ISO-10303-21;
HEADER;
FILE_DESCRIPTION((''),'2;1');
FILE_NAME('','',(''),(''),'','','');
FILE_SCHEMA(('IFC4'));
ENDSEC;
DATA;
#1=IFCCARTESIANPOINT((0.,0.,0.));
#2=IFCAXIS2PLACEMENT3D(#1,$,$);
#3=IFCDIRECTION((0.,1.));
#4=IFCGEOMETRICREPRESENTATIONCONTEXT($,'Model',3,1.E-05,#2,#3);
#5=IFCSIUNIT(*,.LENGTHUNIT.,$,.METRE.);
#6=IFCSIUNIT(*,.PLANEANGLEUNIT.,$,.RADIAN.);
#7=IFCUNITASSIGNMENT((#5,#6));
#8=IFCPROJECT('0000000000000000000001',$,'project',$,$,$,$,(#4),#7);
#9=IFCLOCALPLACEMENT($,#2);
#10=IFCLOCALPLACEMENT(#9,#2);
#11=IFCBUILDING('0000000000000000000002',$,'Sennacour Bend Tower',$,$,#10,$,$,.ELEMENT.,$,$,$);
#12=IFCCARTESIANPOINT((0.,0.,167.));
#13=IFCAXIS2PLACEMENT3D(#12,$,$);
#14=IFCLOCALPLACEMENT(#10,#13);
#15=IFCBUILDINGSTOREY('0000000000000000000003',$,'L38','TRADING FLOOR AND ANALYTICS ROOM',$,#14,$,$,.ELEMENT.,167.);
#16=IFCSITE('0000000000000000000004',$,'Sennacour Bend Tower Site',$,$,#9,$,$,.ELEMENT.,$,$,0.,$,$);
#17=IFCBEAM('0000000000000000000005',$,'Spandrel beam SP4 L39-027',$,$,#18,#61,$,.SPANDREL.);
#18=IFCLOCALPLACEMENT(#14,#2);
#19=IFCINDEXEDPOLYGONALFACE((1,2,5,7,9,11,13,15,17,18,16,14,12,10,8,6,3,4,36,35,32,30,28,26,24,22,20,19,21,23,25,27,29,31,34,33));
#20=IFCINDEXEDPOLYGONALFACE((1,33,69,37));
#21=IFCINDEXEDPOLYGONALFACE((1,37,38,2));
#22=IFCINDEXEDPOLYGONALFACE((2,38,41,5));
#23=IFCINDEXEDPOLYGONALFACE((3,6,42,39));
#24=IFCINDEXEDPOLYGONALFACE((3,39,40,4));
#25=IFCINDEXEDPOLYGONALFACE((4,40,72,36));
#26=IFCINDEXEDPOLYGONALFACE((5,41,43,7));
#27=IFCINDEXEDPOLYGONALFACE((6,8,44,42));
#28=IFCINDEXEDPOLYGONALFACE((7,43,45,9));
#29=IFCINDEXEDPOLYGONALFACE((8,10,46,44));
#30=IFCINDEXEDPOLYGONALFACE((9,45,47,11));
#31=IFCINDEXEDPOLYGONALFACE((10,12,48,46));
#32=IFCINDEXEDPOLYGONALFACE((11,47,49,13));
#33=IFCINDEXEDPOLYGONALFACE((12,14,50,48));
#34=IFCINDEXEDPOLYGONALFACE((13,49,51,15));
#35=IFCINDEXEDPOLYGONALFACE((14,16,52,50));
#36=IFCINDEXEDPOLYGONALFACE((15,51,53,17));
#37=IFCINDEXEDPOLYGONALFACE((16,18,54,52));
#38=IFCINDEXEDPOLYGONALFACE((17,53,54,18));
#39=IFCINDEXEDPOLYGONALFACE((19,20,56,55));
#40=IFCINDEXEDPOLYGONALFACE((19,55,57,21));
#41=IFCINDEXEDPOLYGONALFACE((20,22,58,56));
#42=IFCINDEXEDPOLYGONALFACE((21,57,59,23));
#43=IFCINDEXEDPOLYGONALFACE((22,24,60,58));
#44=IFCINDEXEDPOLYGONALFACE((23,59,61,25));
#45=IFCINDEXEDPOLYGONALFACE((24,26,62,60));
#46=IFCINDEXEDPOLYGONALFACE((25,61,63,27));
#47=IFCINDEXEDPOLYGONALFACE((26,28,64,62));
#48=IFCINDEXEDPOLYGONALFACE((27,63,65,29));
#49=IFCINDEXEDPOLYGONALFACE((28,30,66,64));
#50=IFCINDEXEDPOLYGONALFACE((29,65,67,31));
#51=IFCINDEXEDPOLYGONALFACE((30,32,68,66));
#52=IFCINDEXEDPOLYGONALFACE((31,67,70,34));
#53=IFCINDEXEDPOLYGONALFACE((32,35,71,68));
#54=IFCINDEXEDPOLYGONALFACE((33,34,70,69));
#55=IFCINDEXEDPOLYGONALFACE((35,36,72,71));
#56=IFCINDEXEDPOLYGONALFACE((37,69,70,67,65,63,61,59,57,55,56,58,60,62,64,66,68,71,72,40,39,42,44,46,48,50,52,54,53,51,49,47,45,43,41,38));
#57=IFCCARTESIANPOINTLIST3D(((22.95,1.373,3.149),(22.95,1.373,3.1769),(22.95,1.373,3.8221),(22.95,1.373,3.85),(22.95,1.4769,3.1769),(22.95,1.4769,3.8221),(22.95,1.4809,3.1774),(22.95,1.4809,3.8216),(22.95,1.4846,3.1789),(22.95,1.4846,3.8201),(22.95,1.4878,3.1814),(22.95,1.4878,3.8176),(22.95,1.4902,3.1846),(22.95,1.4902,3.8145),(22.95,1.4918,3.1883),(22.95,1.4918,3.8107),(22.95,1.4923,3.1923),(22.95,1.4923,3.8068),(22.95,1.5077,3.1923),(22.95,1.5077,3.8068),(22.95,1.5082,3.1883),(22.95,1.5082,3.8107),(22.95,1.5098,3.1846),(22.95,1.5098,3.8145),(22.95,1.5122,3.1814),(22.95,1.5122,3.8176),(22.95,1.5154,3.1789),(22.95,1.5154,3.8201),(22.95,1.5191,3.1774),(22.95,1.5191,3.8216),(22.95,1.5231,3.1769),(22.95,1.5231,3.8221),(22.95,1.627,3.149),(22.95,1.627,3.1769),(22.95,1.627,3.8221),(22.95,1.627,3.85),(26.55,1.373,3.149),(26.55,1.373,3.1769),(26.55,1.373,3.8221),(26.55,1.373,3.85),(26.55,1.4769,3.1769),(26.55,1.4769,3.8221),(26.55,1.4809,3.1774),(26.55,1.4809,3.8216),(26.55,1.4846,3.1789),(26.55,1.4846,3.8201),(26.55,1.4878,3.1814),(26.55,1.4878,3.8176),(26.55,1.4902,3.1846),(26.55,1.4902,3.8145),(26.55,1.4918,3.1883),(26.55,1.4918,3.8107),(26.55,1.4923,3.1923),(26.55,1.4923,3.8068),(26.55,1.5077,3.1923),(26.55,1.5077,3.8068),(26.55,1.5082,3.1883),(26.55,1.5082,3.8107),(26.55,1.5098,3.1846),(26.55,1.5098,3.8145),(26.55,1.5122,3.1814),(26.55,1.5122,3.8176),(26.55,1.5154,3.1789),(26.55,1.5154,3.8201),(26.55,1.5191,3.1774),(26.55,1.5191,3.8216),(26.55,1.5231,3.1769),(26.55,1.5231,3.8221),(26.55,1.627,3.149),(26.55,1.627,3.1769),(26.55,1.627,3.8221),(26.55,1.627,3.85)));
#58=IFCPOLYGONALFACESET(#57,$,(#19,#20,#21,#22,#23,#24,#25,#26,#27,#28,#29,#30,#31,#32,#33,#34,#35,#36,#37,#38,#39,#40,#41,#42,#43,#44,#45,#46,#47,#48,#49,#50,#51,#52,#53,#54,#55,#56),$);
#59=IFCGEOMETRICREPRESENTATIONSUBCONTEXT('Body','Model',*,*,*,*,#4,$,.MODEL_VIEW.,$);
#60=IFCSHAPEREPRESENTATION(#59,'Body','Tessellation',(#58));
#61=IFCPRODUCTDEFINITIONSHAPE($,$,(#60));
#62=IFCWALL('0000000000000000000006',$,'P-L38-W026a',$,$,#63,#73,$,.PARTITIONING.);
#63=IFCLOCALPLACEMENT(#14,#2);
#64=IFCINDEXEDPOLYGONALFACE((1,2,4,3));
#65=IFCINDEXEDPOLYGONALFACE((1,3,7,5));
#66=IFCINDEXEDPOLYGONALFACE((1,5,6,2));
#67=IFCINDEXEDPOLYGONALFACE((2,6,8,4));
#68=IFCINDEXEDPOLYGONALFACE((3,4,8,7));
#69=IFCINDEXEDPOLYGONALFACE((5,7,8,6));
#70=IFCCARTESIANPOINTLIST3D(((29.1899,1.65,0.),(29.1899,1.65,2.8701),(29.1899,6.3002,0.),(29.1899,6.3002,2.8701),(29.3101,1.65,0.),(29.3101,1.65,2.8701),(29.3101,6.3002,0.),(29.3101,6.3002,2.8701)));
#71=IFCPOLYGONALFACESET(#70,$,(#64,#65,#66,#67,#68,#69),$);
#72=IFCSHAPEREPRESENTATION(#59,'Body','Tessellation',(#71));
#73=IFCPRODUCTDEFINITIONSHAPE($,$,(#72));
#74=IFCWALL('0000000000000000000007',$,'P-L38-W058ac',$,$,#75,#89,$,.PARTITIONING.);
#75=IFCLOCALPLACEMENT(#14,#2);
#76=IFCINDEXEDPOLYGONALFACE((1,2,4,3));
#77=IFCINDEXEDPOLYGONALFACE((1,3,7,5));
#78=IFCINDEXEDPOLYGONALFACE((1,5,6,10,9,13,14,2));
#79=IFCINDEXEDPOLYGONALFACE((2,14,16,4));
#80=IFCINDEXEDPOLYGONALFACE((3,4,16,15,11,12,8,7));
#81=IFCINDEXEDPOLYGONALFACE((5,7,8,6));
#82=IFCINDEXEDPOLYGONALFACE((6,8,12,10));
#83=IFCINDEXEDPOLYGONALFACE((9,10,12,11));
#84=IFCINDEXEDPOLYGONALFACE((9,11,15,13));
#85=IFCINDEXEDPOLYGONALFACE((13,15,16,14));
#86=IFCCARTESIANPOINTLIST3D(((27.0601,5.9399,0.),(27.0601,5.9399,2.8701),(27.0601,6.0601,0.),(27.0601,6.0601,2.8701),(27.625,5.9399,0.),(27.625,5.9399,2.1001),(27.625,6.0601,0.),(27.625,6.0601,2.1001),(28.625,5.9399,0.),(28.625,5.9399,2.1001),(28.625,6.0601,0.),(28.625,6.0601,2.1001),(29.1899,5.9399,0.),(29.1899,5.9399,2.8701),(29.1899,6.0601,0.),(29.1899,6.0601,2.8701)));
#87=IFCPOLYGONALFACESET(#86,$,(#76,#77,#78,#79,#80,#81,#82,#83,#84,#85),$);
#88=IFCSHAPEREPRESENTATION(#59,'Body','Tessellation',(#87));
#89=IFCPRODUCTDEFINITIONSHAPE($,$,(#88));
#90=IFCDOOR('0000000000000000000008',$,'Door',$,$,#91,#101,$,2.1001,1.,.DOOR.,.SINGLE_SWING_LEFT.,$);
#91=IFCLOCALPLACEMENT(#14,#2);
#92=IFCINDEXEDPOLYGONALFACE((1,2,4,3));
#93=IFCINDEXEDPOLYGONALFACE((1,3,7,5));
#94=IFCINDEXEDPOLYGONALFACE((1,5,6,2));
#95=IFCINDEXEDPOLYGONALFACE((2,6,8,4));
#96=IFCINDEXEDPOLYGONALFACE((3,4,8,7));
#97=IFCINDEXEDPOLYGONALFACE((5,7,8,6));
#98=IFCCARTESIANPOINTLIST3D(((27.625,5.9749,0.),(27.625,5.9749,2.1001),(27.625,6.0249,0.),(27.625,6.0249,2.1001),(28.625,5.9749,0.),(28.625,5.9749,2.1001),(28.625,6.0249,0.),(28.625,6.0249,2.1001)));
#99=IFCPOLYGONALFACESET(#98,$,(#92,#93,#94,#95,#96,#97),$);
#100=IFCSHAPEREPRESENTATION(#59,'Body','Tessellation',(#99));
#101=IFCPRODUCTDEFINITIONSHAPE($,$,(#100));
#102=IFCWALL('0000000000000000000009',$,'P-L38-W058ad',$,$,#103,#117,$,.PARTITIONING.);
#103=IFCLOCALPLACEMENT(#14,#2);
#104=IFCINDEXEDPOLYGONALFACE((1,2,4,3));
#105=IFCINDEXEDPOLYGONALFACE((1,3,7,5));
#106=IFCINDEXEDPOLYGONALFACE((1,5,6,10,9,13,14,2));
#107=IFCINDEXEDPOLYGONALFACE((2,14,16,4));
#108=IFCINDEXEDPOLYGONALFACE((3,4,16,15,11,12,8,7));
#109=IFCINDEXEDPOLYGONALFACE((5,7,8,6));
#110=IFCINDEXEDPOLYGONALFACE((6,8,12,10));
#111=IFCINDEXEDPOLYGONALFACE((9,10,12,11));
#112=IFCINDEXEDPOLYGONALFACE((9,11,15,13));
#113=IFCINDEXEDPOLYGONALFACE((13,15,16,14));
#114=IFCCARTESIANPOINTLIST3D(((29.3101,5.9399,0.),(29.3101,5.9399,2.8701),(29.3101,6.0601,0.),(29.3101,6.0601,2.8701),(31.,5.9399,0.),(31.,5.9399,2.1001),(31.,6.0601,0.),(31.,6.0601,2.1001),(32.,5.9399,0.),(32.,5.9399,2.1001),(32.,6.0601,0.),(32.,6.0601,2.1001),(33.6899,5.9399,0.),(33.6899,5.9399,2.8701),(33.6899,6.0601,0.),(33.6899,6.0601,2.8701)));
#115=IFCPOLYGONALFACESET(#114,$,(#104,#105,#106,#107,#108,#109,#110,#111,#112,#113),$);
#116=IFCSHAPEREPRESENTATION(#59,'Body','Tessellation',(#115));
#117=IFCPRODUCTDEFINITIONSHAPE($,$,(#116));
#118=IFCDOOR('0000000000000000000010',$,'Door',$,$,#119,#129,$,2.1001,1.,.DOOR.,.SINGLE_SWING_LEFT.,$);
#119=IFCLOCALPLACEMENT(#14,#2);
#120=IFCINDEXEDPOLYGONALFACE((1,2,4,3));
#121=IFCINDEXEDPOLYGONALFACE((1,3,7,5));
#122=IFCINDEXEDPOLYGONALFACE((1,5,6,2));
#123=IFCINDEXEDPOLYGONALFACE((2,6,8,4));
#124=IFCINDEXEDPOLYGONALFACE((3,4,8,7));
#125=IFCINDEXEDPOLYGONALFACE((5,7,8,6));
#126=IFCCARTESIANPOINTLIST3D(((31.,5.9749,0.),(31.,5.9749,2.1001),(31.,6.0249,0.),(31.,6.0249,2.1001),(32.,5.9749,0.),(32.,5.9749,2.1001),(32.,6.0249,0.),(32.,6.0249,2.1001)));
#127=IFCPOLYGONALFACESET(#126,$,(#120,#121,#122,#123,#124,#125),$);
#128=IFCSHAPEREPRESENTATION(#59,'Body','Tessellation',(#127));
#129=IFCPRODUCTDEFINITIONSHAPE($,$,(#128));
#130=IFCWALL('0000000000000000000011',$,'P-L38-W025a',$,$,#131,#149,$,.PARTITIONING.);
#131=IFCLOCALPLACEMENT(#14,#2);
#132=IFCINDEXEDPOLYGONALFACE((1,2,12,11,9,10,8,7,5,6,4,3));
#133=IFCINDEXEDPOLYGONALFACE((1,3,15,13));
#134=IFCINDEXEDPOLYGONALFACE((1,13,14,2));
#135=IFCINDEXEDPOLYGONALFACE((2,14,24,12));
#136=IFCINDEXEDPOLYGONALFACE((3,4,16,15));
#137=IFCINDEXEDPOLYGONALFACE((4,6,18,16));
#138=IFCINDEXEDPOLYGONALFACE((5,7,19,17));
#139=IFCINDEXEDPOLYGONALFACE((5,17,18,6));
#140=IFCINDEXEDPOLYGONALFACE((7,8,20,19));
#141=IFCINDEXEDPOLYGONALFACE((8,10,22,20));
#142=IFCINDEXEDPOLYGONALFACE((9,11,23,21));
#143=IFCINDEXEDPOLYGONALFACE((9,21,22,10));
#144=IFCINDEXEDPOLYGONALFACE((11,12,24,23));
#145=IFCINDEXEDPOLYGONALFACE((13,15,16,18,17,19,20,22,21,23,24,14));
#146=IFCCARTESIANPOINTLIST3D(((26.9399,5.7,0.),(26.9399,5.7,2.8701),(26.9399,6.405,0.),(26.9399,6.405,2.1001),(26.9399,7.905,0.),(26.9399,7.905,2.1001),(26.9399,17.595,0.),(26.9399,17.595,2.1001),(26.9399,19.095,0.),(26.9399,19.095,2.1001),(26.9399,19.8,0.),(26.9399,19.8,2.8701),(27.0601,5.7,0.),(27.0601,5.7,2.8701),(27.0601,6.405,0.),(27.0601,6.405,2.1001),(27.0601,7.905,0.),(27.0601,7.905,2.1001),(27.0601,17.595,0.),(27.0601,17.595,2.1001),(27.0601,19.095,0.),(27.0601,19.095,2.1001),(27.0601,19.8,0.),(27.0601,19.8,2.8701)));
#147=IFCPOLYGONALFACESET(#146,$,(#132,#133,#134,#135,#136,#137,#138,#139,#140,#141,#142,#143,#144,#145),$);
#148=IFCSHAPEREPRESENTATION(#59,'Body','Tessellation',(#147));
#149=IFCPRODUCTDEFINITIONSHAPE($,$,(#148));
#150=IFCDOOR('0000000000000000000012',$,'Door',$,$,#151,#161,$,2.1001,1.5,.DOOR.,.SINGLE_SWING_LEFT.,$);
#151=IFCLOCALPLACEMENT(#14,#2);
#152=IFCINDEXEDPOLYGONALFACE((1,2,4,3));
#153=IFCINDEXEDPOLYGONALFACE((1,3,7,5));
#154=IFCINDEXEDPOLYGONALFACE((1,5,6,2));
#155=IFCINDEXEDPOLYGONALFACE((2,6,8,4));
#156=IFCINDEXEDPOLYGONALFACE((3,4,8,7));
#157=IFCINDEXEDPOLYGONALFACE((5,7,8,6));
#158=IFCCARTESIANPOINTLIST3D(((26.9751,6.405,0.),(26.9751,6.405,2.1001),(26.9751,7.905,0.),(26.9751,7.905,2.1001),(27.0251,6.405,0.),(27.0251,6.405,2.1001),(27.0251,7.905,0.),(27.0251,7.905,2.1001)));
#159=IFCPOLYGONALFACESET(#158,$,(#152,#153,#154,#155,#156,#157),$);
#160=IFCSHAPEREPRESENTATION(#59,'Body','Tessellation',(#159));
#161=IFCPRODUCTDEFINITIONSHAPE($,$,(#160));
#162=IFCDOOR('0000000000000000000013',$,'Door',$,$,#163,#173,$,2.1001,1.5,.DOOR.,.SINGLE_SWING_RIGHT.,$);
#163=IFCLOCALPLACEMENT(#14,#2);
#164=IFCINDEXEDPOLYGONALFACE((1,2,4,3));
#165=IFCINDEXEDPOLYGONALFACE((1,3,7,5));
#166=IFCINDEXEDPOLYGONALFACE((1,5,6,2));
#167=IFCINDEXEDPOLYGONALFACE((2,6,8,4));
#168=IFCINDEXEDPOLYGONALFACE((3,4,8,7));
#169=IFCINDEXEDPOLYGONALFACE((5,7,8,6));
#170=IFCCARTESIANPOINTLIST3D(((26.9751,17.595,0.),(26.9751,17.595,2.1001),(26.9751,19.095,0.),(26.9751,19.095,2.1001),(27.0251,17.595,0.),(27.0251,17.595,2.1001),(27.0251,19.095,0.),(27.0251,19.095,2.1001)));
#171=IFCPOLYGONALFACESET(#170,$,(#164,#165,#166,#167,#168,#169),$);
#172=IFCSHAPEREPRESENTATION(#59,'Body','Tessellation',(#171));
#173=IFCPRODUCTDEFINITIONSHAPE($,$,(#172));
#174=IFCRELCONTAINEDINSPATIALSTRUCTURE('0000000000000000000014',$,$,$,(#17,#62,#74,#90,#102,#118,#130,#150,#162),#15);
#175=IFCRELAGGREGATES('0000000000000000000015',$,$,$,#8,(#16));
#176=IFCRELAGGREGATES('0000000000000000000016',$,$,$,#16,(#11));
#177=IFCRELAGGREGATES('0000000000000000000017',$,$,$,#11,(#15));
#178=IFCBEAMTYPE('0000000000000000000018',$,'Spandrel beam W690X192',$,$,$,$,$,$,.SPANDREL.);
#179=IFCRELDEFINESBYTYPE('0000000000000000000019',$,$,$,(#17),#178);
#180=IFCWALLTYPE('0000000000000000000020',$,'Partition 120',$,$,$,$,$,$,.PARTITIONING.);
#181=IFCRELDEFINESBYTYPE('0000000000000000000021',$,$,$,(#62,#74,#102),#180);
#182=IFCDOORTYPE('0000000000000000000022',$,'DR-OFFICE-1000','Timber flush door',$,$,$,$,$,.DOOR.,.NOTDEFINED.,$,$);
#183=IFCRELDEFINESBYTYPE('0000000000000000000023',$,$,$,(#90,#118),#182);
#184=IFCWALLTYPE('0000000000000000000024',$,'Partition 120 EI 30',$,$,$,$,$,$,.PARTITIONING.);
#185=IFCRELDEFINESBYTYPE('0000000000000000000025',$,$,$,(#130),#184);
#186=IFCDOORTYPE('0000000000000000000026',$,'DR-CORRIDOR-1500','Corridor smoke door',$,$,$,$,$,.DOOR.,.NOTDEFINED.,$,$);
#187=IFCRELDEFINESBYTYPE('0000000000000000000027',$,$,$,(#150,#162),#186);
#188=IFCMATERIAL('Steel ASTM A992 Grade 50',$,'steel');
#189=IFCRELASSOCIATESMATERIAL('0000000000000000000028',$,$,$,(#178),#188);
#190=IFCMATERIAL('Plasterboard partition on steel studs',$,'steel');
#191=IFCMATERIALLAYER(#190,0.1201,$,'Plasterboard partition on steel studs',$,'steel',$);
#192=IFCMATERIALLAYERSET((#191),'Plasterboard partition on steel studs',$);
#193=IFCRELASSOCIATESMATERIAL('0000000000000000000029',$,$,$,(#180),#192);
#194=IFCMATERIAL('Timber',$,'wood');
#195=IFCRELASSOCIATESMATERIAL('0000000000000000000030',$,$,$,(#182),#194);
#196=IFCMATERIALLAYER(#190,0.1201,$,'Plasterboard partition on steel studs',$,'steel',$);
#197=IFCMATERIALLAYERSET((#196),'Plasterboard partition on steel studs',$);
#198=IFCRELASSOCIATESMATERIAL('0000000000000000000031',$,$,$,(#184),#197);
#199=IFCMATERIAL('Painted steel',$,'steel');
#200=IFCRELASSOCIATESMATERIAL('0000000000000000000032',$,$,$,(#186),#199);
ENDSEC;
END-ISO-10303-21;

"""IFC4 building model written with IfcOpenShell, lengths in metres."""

from ifc_helpers import new_model, si_unit, direction, frame, frame_2d, origin, origin_2d, place, context, subcontext, project, spatial, rectangle, i_section, extrude, material, layer, layer_set, material_profile, profile_set, type_object, element, fill, save


model = new_model("IFC4")

# Units and contexts
model_context = context("Model", 3, precision=1e-05, world=origin(), true_north=direction((0.0, 1.0)))
body_context = subcontext(model_context, "Body", "Model", "MODEL_VIEW")
ifc_project = project(units=[si_unit("LENGTHUNIT", "METRE"), si_unit("PLANEANGLEUNIT", "RADIAN")], contexts=[model_context])

# Site, building, storey
site_placement = place(None, origin())
site = spatial("IfcSite", under=ifc_project, at=site_placement, Name="Sennacour Bend Tower Site", CompositionType="ELEMENT", RefElevation=0.0)
building_placement = place(site_placement, origin())
building = spatial("IfcBuilding", under=site, at=building_placement, Name="Sennacour Bend Tower", CompositionType="ELEMENT")
storey_placement = place(building_placement, frame((0.0, 0.0, 167.0)))
storey = spatial("IfcBuildingStorey", under=building, at=storey_placement, Name="L38", Description="TRADING FLOOR AND ANALYTICS ROOM", CompositionType="ELEMENT", Elevation=167.0)

# Beam
ifc_material_1 = material(Name="Steel ASTM A992 Grade 50", Category="steel")
ifc_material_profile_1 = material_profile(ifc_material_1, i_section(OverallWidth=0.2539, OverallDepth=0.7009, WebThickness=0.0154, FlangeThickness=0.0278, FilletRadius=0.0154, at=origin_2d()), Name="Steel ASTM A992 Grade 50", Category="steel")
ifc_profile_set_1 = profile_set([ifc_material_profile_1], Name="Steel ASTM A992 Grade 50")
beam_type_1 = type_object("IfcBeamType", Name="Spandrel beam W690X192", PredefinedType="SPANDREL", material=ifc_profile_set_1)
for number, where, z_axis, x_axis, name in (
    (1, (26.55, 1.5, 3.4995), (-1.0, 0.0, 0.0), (0.0, -1.0, 0.0), "Spandrel beam SP4 L39-027"),
):
    element("IfcBeam", number, at=place(storey_placement, frame(where, z_axis=z_axis, x_axis=x_axis)), inside=storey, type_object=beam_type_1, Name=name, PredefinedType="SPANDREL", context=body_context, shape_type="SweptSolid", body=[
        extrude(i_section(OverallWidth=0.2539, OverallDepth=0.7009, WebThickness=0.0154, FlangeThickness=0.0278, FilletRadius=0.0154, at=origin_2d()), origin(), (0.0, 0.0, 1.0), 3.6001),
    ])

# Wall
ifc_material_2 = material(Name="Plasterboard partition on steel studs", Category="steel")
ifc_layer_1 = layer(ifc_material_2, 0.1201, Name="Plasterboard partition on steel studs", Category="steel")
ifc_layer_set_1 = layer_set([ifc_layer_1], Name="Plasterboard partition on steel studs")
wall_type_1 = type_object("IfcWallType", Name="Partition 120", PredefinedType="PARTITIONING", material=ifc_layer_set_1)
wall_1_placement = place(storey_placement, frame((29.25, 1.6499, 0.0), z_axis=(0.0, 0.0, 1.0), x_axis=(0.0, 1.0, 0.0)))
element("IfcWall", 2, at=wall_1_placement, inside=storey, type_object=wall_type_1, Name="P-L38-W026a", PredefinedType="PARTITIONING", context=body_context, shape_type="SweptSolid", body=[
    extrude(rectangle(XDim=4.6501, YDim=0.1201, at=frame_2d((2.3252, 0.0))), origin(), (0.0, 0.0, 1.0), 2.8701),
])

# Walls, openings, doors
wall_2_placement = place(storey_placement, frame((27.0601, 6.0, 0.0), z_axis=(0.0, 0.0, 1.0), x_axis=(1.0, 0.0, 0.0)))
wall_2 = element("IfcWall", 3, at=wall_2_placement, inside=storey, type_object=wall_type_1, Name="P-L38-W058ac", PredefinedType="PARTITIONING", context=body_context, shape_type="SweptSolid", body=[
    extrude(rectangle(XDim=2.1299, YDim=0.1201, at=frame_2d((1.0649, 0.0))), origin(), (0.0, 0.0, 1.0), 2.8701),
])
opening_1_placement = place(wall_2_placement, frame((0.5649, 0.0, 0.0)))
opening_1 = element("IfcOpeningElement", 4, at=opening_1_placement, cuts=wall_2, PredefinedType="OPENING", context=body_context, shape_type="SweptSolid", body=[
    extrude(rectangle(XDim=1.0, YDim=2.1001, at=frame_2d((0.5, 1.05))), frame((0.0, 0.0701, 0.0), z_axis=(0.0, -1.0, 0.0), x_axis=(1.0, 0.0, 0.0)), (0.0, 0.0, 1.0), 0.1401),
])
ifc_material_3 = material(Name="Timber", Category="wood")
door_type_1 = type_object("IfcDoorType", Name="DR-OFFICE-1000", Description="Timber flush door", OperationType="NOTDEFINED", PredefinedType="DOOR", material=ifc_material_3)
door_1_placement = place(opening_1_placement, origin())
door_1 = element("IfcDoor", 5, at=door_1_placement, inside=storey, type_object=door_type_1, Name="Door", OperationType="SINGLE_SWING_LEFT", OverallHeight=2.1001, OverallWidth=1.0, PredefinedType="DOOR", context=body_context, shape_type="SweptSolid", body=[
    extrude(rectangle(XDim=1.0, YDim=2.1001, at=frame_2d((0.5, 1.05))), frame((0.0, 0.0249, 0.0), z_axis=(0.0, -1.0, 0.0), x_axis=(1.0, 0.0, 0.0)), (0.0, 0.0, 1.0), 0.05),
])
fill(opening_1, door_1)
wall_3_placement = place(storey_placement, frame((29.3101, 6.0, 0.0), z_axis=(0.0, 0.0, 1.0), x_axis=(1.0, 0.0, 0.0)))
wall_3 = element("IfcWall", 6, at=wall_3_placement, inside=storey, type_object=wall_type_1, Name="P-L38-W058ad", PredefinedType="PARTITIONING", context=body_context, shape_type="SweptSolid", body=[
    extrude(rectangle(XDim=4.3799, YDim=0.1201, at=frame_2d((2.1899, 0.0))), origin(), (0.0, 0.0, 1.0), 2.8701),
])
opening_2_placement = place(wall_3_placement, frame((1.6899, 0.0, 0.0)))
opening_2 = element("IfcOpeningElement", 7, at=opening_2_placement, cuts=wall_3, PredefinedType="OPENING", context=body_context, shape_type="SweptSolid", body=[
    extrude(rectangle(XDim=1.0, YDim=2.1001, at=frame_2d((0.5, 1.05))), frame((0.0, 0.0701, 0.0), z_axis=(0.0, -1.0, 0.0), x_axis=(1.0, 0.0, 0.0)), (0.0, 0.0, 1.0), 0.1401),
])
door_2_placement = place(opening_2_placement, origin())
door_2 = element("IfcDoor", 8, at=door_2_placement, inside=storey, type_object=door_type_1, Name="Door", OperationType="SINGLE_SWING_LEFT", OverallHeight=2.1001, OverallWidth=1.0, PredefinedType="DOOR", context=body_context, shape_type="SweptSolid", body=[
    extrude(rectangle(XDim=1.0, YDim=2.1001, at=frame_2d((0.5, 1.05))), frame((0.0, 0.0249, 0.0), z_axis=(0.0, -1.0, 0.0), x_axis=(1.0, 0.0, 0.0)), (0.0, 0.0, 1.0), 0.05),
])
fill(opening_2, door_2)

# Wall, openings, doors
ifc_layer_2 = layer(ifc_material_2, 0.1201, Name="Plasterboard partition on steel studs", Category="steel")
ifc_layer_set_2 = layer_set([ifc_layer_2], Name="Plasterboard partition on steel studs")
wall_type_2 = type_object("IfcWallType", Name="Partition 120 EI 30", PredefinedType="PARTITIONING", material=ifc_layer_set_2)
wall_4_placement = place(storey_placement, frame((27.0, 5.7, 0.0), z_axis=(0.0, 0.0, 1.0), x_axis=(0.0, 1.0, 0.0)))
wall_4 = element("IfcWall", 9, at=wall_4_placement, inside=storey, type_object=wall_type_2, Name="P-L38-W025a", PredefinedType="PARTITIONING", context=body_context, shape_type="SweptSolid", body=[
    extrude(rectangle(XDim=14.1001, YDim=0.1201, at=frame_2d((7.05, 0.0))), origin(), (0.0, 0.0, 1.0), 2.8701),
])
opening_3_placement = place(wall_4_placement, frame((0.7051, 0.0, 0.0)))
opening_3 = element("IfcOpeningElement", 10, at=opening_3_placement, cuts=wall_4, PredefinedType="OPENING", context=body_context, shape_type="SweptSolid", body=[
    extrude(rectangle(XDim=1.5, YDim=2.1001, at=frame_2d((0.75, 1.05))), frame((0.0, 0.0701, 0.0), z_axis=(0.0, -1.0, 0.0), x_axis=(1.0, 0.0, 0.0)), (0.0, 0.0, 1.0), 0.1401),
])
opening_4_placement = place(wall_4_placement, frame((11.895, 0.0, 0.0)))
opening_4 = element("IfcOpeningElement", 11, at=opening_4_placement, cuts=wall_4, PredefinedType="OPENING", context=body_context, shape_type="SweptSolid", body=[
    extrude(rectangle(XDim=1.5, YDim=2.1001, at=frame_2d((0.75, 1.05))), frame((0.0, 0.0701, 0.0), z_axis=(0.0, -1.0, 0.0), x_axis=(1.0, 0.0, 0.0)), (0.0, 0.0, 1.0), 0.1401),
])
ifc_material_4 = material(Name="Painted steel", Category="steel")
door_type_2 = type_object("IfcDoorType", Name="DR-CORRIDOR-1500", Description="Corridor smoke door", OperationType="NOTDEFINED", PredefinedType="DOOR", material=ifc_material_4)
door_3_placement = place(opening_3_placement, origin())
door_3 = element("IfcDoor", 12, at=door_3_placement, inside=storey, type_object=door_type_2, Name="Door", OperationType="SINGLE_SWING_LEFT", OverallHeight=2.1001, OverallWidth=1.5, PredefinedType="DOOR", context=body_context, shape_type="SweptSolid", body=[
    extrude(rectangle(XDim=1.5, YDim=2.1001, at=frame_2d((0.75, 1.05))), frame((0.0, 0.0249, 0.0), z_axis=(0.0, -1.0, 0.0), x_axis=(1.0, 0.0, 0.0)), (0.0, 0.0, 1.0), 0.05),
])
fill(opening_3, door_3)
door_4_placement = place(opening_4_placement, origin())
door_4 = element("IfcDoor", 13, at=door_4_placement, inside=storey, type_object=door_type_2, Name="Door", OperationType="SINGLE_SWING_RIGHT", OverallHeight=2.1001, OverallWidth=1.5, PredefinedType="DOOR", context=body_context, shape_type="SweptSolid", body=[
    extrude(rectangle(XDim=1.5, YDim=2.1001, at=frame_2d((0.75, 1.05))), frame((0.0, 0.0249, 0.0), z_axis=(0.0, -1.0, 0.0), x_axis=(1.0, 0.0, 0.0)), (0.0, 0.0, 1.0), 0.05),
])
fill(opening_4, door_4)

save(model, "model.ifc")
